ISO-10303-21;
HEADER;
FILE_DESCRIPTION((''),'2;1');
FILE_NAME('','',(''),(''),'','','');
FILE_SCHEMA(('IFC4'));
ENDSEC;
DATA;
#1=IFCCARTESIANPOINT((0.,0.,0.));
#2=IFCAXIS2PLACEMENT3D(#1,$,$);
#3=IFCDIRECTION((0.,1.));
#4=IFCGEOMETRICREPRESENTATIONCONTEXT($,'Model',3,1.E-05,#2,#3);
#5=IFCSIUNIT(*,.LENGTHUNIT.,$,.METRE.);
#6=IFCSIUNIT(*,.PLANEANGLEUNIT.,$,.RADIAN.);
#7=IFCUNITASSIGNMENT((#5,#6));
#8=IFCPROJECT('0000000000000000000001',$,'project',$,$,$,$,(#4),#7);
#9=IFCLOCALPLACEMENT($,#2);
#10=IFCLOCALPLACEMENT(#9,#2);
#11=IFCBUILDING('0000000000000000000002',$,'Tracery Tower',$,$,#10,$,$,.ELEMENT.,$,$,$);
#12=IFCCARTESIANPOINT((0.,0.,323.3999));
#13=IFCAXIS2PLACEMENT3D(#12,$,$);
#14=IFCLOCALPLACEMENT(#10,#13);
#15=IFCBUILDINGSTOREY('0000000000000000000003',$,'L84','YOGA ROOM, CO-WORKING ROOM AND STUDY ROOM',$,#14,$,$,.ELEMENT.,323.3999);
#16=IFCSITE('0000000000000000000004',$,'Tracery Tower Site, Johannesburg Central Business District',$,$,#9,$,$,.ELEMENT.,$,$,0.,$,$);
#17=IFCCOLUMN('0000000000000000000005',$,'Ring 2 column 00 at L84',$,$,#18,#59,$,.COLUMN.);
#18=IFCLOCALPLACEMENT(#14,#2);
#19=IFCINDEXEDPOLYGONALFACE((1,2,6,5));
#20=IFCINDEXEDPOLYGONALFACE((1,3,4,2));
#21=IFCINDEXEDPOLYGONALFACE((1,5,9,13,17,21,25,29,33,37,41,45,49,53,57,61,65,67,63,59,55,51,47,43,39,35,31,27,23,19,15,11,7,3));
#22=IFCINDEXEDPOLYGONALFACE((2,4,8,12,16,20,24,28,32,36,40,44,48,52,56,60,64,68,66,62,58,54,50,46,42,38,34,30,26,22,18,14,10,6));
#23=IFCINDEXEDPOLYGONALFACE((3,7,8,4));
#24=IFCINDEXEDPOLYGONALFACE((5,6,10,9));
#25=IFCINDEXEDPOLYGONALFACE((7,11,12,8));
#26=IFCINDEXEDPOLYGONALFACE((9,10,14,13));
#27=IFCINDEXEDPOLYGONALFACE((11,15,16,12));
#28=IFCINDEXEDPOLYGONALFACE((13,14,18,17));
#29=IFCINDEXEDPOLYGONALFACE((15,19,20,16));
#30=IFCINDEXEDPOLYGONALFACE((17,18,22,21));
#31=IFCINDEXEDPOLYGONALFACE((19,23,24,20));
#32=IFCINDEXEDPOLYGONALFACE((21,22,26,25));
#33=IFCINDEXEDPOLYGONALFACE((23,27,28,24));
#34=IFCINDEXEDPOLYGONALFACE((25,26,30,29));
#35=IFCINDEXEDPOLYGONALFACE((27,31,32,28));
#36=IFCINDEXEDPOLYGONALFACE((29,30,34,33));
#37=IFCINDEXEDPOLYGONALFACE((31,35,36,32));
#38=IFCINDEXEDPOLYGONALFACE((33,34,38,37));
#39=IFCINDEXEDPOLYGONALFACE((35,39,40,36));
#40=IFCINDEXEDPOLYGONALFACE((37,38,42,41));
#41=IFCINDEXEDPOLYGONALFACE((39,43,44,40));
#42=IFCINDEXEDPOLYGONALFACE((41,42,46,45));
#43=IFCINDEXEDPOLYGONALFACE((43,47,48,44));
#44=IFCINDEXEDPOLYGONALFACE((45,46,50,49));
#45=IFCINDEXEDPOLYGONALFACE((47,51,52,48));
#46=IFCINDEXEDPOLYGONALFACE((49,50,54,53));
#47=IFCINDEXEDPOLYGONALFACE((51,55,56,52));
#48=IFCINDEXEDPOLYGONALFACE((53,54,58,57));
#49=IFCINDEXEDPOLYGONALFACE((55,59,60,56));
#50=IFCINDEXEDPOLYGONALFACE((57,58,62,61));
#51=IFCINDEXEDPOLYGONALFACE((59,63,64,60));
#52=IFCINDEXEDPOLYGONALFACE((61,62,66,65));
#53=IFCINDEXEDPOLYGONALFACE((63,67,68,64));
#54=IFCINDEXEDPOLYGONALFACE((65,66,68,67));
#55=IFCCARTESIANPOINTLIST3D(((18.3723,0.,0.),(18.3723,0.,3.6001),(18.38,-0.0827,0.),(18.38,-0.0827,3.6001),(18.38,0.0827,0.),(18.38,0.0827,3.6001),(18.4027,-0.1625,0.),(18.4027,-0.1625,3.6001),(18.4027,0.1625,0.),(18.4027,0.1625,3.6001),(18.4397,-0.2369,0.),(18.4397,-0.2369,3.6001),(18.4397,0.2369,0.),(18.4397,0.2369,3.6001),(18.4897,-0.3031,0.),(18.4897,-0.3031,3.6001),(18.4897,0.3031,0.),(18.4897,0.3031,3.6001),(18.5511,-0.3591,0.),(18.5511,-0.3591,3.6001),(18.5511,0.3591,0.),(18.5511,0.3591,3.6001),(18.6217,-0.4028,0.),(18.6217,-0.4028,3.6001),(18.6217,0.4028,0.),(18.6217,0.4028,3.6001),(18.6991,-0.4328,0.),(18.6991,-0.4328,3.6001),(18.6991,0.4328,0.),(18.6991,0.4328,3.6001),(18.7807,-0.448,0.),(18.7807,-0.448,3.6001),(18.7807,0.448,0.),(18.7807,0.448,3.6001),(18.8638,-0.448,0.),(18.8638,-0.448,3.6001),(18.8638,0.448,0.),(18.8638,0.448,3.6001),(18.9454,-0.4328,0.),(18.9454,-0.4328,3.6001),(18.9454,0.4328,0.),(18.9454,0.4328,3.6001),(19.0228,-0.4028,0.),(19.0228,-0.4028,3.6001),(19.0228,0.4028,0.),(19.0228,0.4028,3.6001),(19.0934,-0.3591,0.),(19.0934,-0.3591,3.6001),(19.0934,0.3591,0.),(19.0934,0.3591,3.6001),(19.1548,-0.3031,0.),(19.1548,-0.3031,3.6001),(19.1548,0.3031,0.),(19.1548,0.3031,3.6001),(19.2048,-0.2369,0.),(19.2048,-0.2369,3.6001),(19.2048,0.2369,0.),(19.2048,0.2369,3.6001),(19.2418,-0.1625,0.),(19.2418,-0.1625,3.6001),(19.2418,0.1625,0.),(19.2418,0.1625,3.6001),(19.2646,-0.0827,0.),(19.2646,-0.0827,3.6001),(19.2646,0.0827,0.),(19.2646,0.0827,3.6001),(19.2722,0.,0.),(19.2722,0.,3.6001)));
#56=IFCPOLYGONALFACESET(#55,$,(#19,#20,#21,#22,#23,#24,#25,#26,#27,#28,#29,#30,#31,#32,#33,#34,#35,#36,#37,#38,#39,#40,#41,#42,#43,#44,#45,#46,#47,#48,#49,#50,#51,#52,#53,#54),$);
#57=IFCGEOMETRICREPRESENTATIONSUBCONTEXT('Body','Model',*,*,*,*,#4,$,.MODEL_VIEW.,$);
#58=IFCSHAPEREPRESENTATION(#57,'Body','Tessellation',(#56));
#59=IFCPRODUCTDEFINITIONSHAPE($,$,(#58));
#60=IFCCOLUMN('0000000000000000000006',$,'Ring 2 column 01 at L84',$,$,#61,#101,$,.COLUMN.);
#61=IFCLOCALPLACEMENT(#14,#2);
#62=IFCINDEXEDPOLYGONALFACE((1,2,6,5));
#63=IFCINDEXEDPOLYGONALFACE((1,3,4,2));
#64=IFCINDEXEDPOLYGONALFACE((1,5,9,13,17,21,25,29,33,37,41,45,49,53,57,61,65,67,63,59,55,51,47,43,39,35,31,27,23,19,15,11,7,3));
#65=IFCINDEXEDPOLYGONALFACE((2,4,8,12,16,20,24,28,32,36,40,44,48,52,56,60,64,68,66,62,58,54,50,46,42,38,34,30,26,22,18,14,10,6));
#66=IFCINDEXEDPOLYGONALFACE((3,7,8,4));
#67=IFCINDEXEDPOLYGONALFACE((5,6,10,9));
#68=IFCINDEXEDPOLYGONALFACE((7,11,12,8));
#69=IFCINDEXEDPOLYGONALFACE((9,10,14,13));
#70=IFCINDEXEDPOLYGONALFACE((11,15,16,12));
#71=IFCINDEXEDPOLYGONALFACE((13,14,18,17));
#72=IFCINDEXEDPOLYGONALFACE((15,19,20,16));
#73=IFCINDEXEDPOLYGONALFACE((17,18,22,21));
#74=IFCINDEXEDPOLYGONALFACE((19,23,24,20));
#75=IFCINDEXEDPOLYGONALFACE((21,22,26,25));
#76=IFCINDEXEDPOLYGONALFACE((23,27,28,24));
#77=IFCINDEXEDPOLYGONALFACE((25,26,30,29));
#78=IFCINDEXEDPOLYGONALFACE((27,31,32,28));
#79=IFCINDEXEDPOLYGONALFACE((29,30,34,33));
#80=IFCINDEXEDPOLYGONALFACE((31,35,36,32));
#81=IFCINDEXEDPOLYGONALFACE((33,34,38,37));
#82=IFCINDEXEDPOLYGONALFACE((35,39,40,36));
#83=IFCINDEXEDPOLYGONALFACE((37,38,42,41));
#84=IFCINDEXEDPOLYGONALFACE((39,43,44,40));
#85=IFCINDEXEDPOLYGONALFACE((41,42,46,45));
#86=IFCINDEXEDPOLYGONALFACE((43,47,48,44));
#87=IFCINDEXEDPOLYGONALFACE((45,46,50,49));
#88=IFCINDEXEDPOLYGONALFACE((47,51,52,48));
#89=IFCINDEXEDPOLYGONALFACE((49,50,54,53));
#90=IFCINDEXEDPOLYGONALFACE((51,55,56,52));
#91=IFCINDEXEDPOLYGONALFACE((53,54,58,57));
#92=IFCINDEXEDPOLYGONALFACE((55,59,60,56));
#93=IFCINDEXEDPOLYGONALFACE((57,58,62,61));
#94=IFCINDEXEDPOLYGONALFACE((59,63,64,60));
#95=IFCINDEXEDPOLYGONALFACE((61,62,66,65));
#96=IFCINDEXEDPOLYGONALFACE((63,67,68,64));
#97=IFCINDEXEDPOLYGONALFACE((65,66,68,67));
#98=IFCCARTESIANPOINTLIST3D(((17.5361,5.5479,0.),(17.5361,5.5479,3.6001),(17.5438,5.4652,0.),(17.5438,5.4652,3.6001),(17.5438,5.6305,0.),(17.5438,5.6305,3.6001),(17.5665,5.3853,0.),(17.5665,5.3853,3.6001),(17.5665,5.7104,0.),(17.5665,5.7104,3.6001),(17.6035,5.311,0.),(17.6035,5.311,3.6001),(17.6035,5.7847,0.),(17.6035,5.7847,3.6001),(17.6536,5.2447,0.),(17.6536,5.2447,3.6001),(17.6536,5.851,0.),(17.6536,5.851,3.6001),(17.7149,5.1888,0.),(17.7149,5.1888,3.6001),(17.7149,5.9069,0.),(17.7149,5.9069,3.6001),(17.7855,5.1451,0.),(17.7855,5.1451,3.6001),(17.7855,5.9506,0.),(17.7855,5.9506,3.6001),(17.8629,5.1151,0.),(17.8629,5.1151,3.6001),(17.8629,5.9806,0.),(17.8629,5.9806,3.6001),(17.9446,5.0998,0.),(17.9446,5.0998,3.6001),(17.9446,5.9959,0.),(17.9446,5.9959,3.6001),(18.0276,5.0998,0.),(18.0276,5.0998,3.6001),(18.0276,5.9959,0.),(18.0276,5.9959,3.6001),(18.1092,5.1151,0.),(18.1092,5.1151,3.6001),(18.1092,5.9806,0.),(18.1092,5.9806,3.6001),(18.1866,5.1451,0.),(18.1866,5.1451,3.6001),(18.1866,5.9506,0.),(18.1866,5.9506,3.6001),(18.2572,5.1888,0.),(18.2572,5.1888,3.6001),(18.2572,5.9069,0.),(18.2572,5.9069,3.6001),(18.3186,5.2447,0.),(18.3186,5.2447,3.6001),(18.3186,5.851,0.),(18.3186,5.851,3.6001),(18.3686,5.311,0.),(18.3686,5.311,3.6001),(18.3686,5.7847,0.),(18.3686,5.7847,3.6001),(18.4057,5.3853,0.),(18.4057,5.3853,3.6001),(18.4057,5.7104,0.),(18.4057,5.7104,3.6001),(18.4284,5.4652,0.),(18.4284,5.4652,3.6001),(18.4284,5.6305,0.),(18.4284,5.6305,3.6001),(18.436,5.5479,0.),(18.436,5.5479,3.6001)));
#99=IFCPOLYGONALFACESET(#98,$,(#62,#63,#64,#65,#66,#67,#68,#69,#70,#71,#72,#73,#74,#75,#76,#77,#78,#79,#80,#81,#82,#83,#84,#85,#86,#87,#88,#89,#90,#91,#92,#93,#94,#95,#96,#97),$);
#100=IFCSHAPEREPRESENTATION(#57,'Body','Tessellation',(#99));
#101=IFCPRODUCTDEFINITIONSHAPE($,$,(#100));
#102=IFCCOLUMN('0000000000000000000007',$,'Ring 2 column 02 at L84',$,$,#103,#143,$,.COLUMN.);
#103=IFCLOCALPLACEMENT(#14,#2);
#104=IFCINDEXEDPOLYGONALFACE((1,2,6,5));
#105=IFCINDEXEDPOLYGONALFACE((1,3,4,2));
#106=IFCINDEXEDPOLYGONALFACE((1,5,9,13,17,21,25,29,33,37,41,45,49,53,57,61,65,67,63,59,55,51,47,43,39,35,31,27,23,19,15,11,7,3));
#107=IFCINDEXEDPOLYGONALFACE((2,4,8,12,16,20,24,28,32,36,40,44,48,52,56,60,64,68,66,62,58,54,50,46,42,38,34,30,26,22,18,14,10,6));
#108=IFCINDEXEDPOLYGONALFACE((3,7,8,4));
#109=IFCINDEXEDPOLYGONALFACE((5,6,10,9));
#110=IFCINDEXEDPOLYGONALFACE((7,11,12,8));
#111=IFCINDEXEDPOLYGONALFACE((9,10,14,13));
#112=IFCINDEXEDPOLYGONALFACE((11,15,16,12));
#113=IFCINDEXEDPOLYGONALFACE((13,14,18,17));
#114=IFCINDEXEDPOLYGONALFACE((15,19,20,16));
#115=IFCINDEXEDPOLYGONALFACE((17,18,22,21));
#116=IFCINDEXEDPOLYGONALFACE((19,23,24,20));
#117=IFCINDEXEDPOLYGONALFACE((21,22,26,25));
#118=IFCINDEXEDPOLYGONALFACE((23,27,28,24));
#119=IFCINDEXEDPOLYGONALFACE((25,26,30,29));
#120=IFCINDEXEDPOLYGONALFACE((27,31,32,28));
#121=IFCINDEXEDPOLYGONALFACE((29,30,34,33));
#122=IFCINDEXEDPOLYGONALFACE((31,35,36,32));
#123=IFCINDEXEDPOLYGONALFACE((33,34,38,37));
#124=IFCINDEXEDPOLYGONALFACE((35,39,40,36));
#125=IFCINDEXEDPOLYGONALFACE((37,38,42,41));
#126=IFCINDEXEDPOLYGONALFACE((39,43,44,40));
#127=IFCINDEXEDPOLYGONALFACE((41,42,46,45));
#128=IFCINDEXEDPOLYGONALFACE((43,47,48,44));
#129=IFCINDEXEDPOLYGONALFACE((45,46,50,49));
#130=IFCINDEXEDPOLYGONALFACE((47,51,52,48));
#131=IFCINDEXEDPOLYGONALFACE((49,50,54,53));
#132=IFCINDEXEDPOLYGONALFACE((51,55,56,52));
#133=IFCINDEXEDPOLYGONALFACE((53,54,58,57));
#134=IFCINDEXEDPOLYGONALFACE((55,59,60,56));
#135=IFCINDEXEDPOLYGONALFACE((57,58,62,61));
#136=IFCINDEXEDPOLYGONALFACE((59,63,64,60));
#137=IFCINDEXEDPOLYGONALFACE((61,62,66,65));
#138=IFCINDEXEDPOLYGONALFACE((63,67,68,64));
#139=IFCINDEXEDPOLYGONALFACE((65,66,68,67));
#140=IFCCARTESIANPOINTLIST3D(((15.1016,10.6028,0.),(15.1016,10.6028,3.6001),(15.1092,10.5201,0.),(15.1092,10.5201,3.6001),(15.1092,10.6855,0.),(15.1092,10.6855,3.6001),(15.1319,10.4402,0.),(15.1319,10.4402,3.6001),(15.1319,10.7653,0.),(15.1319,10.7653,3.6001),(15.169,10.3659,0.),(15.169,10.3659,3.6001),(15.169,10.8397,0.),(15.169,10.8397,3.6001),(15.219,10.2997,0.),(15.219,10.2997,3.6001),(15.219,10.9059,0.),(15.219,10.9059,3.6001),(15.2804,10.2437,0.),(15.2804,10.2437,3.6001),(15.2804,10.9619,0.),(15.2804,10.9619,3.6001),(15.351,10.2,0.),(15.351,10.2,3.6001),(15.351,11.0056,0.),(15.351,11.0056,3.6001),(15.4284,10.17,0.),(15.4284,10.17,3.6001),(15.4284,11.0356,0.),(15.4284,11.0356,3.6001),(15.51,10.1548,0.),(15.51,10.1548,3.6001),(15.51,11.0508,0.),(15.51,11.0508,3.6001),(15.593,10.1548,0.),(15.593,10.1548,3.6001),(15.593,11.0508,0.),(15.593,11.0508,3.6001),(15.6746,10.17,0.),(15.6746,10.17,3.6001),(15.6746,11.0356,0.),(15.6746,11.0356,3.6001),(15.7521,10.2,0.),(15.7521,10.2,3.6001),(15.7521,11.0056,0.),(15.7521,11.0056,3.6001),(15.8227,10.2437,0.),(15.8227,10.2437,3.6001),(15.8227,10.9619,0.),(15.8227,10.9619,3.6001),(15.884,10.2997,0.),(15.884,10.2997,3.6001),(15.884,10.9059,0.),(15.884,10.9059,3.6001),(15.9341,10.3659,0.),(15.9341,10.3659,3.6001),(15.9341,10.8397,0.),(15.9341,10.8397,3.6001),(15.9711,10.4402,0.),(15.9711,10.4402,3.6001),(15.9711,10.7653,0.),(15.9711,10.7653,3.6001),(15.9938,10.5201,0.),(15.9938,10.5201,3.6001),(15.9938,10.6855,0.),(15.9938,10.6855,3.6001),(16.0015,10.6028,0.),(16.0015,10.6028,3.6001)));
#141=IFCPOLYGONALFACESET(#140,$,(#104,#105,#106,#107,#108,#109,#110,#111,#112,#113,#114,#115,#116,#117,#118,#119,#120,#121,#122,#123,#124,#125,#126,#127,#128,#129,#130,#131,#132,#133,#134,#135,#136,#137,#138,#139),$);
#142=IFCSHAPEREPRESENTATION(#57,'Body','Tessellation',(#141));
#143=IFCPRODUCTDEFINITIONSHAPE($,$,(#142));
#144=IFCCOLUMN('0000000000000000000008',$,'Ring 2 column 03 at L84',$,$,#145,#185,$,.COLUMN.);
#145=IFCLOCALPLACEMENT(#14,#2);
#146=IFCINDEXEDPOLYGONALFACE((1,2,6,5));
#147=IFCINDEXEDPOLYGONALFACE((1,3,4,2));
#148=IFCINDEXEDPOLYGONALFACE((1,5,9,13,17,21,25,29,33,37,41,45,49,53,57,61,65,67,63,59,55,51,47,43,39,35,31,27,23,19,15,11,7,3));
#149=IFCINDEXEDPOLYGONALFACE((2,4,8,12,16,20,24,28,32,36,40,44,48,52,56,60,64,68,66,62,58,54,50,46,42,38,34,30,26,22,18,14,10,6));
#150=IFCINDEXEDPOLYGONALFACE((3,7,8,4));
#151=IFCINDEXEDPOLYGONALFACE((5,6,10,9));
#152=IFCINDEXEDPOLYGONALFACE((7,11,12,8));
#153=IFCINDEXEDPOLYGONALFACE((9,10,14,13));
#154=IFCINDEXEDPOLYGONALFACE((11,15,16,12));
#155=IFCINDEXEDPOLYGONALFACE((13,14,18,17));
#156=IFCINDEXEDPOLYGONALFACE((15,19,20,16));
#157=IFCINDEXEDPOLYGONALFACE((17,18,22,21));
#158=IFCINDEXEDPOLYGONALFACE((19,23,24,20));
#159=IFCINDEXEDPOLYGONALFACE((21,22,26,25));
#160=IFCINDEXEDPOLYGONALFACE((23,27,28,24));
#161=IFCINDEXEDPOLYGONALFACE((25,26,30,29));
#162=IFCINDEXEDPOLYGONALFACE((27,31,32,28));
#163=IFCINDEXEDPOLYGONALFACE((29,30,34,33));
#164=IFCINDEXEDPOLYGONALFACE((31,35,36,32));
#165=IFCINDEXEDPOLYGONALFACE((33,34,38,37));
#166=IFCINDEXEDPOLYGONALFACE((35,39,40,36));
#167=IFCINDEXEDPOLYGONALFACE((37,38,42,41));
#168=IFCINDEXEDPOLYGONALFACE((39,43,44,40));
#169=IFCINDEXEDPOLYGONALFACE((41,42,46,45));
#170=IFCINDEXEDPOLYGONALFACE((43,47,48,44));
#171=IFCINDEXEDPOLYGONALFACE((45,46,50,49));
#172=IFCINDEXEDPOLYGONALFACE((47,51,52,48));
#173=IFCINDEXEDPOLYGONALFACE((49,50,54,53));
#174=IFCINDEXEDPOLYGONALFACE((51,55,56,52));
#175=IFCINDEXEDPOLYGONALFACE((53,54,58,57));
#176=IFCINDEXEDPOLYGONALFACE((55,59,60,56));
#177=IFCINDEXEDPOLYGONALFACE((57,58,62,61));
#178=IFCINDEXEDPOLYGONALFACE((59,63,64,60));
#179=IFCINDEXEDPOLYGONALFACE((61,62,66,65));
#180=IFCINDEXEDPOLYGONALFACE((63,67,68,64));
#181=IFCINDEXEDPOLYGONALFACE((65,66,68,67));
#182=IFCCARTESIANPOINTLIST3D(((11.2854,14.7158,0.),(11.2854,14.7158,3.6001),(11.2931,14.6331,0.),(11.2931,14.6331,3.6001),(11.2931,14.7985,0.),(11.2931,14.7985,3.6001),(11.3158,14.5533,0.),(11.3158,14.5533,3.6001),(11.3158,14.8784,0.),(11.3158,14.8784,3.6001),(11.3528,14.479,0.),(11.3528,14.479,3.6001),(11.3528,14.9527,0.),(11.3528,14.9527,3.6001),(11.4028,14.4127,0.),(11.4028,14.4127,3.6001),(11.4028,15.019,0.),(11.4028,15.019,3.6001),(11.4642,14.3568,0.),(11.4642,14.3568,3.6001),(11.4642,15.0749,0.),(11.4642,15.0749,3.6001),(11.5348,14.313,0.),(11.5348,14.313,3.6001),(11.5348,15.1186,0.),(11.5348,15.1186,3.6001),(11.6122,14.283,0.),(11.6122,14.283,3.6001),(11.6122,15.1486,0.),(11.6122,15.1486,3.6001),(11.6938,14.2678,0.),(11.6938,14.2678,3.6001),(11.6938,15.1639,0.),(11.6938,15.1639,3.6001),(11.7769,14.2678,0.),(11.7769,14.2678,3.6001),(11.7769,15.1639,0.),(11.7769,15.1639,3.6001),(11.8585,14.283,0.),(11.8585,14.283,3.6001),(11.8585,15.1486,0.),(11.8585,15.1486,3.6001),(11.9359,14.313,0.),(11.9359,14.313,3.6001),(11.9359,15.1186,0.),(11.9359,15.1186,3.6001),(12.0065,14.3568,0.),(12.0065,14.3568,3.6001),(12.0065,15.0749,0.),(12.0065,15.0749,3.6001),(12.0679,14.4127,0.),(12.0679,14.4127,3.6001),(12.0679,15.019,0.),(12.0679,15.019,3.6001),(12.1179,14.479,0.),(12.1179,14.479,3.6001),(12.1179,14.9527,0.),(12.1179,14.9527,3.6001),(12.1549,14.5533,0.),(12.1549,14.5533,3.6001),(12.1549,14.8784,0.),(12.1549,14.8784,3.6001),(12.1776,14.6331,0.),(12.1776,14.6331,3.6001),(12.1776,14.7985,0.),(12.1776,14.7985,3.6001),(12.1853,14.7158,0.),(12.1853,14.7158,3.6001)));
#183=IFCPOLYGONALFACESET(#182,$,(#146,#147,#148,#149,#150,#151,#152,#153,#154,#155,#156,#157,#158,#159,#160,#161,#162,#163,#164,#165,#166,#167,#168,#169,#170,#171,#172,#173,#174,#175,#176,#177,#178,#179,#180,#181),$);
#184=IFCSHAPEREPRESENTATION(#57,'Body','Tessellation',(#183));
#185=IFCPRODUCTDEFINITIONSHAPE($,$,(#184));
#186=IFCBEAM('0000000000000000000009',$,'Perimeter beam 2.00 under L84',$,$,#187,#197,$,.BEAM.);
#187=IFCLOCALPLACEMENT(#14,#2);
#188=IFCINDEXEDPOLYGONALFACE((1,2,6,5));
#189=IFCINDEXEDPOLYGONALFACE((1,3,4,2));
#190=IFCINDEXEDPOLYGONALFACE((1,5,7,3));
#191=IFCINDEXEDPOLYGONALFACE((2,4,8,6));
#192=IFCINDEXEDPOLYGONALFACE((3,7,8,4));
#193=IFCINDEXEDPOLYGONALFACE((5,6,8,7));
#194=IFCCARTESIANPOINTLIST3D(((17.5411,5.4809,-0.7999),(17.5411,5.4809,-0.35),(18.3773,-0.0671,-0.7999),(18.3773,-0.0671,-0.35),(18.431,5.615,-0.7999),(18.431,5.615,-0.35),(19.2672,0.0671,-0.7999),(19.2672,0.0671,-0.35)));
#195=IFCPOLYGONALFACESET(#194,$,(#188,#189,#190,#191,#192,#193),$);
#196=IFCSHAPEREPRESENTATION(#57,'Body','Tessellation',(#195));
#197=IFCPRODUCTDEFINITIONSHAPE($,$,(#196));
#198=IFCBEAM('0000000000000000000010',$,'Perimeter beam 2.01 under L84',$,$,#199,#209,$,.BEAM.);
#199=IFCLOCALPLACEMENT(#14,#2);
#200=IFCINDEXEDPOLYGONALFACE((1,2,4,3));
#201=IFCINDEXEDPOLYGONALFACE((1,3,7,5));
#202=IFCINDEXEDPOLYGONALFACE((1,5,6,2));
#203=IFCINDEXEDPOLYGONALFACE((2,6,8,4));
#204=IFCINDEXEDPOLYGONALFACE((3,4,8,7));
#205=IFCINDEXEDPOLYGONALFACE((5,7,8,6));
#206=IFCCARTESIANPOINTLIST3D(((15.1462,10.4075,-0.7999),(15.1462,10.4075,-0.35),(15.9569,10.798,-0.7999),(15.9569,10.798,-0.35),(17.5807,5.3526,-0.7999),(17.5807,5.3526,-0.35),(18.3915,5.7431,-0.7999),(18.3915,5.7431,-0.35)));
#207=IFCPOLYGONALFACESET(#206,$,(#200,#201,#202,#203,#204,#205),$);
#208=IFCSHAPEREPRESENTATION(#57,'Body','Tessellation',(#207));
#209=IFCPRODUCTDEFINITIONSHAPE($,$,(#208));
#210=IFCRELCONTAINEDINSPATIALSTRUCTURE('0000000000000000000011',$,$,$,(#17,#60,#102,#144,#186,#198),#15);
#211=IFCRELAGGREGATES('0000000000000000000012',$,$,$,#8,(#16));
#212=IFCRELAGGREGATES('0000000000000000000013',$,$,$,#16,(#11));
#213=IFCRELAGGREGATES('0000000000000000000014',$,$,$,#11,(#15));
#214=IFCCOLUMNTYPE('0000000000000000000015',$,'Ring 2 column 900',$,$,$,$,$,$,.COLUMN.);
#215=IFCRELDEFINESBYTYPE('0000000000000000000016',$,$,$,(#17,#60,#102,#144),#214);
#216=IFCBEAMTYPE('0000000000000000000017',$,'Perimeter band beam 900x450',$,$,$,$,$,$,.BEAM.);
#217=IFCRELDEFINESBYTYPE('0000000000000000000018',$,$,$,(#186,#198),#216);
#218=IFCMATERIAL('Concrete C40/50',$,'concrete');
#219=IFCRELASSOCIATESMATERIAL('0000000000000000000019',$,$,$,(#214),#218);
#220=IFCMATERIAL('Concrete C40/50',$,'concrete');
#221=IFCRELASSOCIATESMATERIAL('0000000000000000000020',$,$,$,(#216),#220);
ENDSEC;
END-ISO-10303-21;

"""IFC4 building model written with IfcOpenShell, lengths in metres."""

from ifc_helpers import new_model, si_unit, direction, frame, origin, origin_2d, place, context, subcontext, project, spatial, rectangle, circle, extrude, material, material_profile, profile_set, type_object, element, save


model = new_model("IFC4")

# Units and contexts
model_context = context("Model", 3, precision=1e-05, world=origin(), true_north=direction((0.0, 1.0)))
body_context = subcontext(model_context, "Body", "Model", "MODEL_VIEW")
ifc_project = project(units=[si_unit("LENGTHUNIT", "METRE"), si_unit("PLANEANGLEUNIT", "RADIAN")], contexts=[model_context])

# Site, building, storey
site_placement = place(None, origin())
site = spatial("IfcSite", under=ifc_project, at=site_placement, Name="Tracery Tower Site, Johannesburg Central Business District", CompositionType="ELEMENT", RefElevation=0.0)
building_placement = place(site_placement, origin())
building = spatial("IfcBuilding", under=site, at=building_placement, Name="Tracery Tower", CompositionType="ELEMENT")
storey_placement = place(building_placement, frame((0.0, 0.0, 323.3999)))
storey = spatial("IfcBuildingStorey", under=building, at=storey_placement, Name="L84", Description="YOGA ROOM, CO-WORKING ROOM AND STUDY ROOM", CompositionType="ELEMENT", Elevation=323.3999)

# Columns
ifc_material_1 = material(Name="Concrete C40/50", Category="concrete")
ifc_material_profile_1 = material_profile(ifc_material_1, circle(Radius=0.45, at=origin_2d()), Name="RC D900")
ifc_profile_set_1 = profile_set([ifc_material_profile_1], Name="Concrete C40/50")
column_type = type_object("IfcColumnType", Name="Ring 2 column 900", PredefinedType="COLUMN", material=ifc_profile_set_1)
for number, where, z_axis, x_axis, name in (
    (1, (18.8223, 0.0, 0.0), (0.0, 0.0, 1.0), (1.0, 0.0, 0.0), "Ring 2 column 00 at L84"),
    (2, (17.9861, 5.5479, 0.0), (0.0, 0.0, 1.0), (1.0, 0.0, 0.0), "Ring 2 column 01 at L84"),
    (3, (15.5515, 10.6028, 0.0), (0.0, 0.0, 1.0), (1.0, 0.0, 0.0), "Ring 2 column 02 at L84"),
    (4, (11.7354, 14.7158, 0.0), (0.0, 0.0, 1.0), (1.0, 0.0, 0.0), "Ring 2 column 03 at L84"),
):
    element("IfcColumn", number, at=place(storey_placement, frame(where, z_axis=z_axis, x_axis=x_axis)), inside=storey, type_object=column_type, Name=name, PredefinedType="COLUMN", context=body_context, shape_type="SweptSolid", body=[
        extrude(circle(Radius=0.45, at=origin_2d()), origin(), (0.0, 0.0, 1.0), 3.6001),
    ])

# Beams
ifc_material_2 = material(Name="Concrete C40/50", Category="concrete")
ifc_material_profile_2 = material_profile(ifc_material_2, rectangle(XDim=0.8999, YDim=0.45, at=origin_2d()), Name="RC 900x450")
ifc_profile_set_2 = profile_set([ifc_material_profile_2], Name="Concrete C40/50")
beam_type = type_object("IfcBeamType", Name="Perimeter band beam 900x450", PredefinedType="BEAM", material=ifc_profile_set_2)
for number, where, z_axis, x_axis, name in (
    (5, (18.8223, 0.0, -0.575), (-0.149038, 0.988831, 0.0), (-0.988831, -0.149038, 0.0), "Perimeter beam 2.00 under L84"),
    (6, (17.9861, 5.5479, -0.575), (-0.433919, 0.900952, 0.0), (-0.900952, -0.433919, 0.0), "Perimeter beam 2.01 under L84"),
):
    element("IfcBeam", number, at=place(storey_placement, frame(where, z_axis=z_axis, x_axis=x_axis)), inside=storey, type_object=beam_type, Name=name, PredefinedType="BEAM", context=body_context, shape_type="SweptSolid", body=[
        extrude(rectangle(XDim=0.8999, YDim=0.45, at=origin_2d()), origin(), (0.0, 0.0, 1.0), 5.6106),
    ])

save(model, "model.ifc")
